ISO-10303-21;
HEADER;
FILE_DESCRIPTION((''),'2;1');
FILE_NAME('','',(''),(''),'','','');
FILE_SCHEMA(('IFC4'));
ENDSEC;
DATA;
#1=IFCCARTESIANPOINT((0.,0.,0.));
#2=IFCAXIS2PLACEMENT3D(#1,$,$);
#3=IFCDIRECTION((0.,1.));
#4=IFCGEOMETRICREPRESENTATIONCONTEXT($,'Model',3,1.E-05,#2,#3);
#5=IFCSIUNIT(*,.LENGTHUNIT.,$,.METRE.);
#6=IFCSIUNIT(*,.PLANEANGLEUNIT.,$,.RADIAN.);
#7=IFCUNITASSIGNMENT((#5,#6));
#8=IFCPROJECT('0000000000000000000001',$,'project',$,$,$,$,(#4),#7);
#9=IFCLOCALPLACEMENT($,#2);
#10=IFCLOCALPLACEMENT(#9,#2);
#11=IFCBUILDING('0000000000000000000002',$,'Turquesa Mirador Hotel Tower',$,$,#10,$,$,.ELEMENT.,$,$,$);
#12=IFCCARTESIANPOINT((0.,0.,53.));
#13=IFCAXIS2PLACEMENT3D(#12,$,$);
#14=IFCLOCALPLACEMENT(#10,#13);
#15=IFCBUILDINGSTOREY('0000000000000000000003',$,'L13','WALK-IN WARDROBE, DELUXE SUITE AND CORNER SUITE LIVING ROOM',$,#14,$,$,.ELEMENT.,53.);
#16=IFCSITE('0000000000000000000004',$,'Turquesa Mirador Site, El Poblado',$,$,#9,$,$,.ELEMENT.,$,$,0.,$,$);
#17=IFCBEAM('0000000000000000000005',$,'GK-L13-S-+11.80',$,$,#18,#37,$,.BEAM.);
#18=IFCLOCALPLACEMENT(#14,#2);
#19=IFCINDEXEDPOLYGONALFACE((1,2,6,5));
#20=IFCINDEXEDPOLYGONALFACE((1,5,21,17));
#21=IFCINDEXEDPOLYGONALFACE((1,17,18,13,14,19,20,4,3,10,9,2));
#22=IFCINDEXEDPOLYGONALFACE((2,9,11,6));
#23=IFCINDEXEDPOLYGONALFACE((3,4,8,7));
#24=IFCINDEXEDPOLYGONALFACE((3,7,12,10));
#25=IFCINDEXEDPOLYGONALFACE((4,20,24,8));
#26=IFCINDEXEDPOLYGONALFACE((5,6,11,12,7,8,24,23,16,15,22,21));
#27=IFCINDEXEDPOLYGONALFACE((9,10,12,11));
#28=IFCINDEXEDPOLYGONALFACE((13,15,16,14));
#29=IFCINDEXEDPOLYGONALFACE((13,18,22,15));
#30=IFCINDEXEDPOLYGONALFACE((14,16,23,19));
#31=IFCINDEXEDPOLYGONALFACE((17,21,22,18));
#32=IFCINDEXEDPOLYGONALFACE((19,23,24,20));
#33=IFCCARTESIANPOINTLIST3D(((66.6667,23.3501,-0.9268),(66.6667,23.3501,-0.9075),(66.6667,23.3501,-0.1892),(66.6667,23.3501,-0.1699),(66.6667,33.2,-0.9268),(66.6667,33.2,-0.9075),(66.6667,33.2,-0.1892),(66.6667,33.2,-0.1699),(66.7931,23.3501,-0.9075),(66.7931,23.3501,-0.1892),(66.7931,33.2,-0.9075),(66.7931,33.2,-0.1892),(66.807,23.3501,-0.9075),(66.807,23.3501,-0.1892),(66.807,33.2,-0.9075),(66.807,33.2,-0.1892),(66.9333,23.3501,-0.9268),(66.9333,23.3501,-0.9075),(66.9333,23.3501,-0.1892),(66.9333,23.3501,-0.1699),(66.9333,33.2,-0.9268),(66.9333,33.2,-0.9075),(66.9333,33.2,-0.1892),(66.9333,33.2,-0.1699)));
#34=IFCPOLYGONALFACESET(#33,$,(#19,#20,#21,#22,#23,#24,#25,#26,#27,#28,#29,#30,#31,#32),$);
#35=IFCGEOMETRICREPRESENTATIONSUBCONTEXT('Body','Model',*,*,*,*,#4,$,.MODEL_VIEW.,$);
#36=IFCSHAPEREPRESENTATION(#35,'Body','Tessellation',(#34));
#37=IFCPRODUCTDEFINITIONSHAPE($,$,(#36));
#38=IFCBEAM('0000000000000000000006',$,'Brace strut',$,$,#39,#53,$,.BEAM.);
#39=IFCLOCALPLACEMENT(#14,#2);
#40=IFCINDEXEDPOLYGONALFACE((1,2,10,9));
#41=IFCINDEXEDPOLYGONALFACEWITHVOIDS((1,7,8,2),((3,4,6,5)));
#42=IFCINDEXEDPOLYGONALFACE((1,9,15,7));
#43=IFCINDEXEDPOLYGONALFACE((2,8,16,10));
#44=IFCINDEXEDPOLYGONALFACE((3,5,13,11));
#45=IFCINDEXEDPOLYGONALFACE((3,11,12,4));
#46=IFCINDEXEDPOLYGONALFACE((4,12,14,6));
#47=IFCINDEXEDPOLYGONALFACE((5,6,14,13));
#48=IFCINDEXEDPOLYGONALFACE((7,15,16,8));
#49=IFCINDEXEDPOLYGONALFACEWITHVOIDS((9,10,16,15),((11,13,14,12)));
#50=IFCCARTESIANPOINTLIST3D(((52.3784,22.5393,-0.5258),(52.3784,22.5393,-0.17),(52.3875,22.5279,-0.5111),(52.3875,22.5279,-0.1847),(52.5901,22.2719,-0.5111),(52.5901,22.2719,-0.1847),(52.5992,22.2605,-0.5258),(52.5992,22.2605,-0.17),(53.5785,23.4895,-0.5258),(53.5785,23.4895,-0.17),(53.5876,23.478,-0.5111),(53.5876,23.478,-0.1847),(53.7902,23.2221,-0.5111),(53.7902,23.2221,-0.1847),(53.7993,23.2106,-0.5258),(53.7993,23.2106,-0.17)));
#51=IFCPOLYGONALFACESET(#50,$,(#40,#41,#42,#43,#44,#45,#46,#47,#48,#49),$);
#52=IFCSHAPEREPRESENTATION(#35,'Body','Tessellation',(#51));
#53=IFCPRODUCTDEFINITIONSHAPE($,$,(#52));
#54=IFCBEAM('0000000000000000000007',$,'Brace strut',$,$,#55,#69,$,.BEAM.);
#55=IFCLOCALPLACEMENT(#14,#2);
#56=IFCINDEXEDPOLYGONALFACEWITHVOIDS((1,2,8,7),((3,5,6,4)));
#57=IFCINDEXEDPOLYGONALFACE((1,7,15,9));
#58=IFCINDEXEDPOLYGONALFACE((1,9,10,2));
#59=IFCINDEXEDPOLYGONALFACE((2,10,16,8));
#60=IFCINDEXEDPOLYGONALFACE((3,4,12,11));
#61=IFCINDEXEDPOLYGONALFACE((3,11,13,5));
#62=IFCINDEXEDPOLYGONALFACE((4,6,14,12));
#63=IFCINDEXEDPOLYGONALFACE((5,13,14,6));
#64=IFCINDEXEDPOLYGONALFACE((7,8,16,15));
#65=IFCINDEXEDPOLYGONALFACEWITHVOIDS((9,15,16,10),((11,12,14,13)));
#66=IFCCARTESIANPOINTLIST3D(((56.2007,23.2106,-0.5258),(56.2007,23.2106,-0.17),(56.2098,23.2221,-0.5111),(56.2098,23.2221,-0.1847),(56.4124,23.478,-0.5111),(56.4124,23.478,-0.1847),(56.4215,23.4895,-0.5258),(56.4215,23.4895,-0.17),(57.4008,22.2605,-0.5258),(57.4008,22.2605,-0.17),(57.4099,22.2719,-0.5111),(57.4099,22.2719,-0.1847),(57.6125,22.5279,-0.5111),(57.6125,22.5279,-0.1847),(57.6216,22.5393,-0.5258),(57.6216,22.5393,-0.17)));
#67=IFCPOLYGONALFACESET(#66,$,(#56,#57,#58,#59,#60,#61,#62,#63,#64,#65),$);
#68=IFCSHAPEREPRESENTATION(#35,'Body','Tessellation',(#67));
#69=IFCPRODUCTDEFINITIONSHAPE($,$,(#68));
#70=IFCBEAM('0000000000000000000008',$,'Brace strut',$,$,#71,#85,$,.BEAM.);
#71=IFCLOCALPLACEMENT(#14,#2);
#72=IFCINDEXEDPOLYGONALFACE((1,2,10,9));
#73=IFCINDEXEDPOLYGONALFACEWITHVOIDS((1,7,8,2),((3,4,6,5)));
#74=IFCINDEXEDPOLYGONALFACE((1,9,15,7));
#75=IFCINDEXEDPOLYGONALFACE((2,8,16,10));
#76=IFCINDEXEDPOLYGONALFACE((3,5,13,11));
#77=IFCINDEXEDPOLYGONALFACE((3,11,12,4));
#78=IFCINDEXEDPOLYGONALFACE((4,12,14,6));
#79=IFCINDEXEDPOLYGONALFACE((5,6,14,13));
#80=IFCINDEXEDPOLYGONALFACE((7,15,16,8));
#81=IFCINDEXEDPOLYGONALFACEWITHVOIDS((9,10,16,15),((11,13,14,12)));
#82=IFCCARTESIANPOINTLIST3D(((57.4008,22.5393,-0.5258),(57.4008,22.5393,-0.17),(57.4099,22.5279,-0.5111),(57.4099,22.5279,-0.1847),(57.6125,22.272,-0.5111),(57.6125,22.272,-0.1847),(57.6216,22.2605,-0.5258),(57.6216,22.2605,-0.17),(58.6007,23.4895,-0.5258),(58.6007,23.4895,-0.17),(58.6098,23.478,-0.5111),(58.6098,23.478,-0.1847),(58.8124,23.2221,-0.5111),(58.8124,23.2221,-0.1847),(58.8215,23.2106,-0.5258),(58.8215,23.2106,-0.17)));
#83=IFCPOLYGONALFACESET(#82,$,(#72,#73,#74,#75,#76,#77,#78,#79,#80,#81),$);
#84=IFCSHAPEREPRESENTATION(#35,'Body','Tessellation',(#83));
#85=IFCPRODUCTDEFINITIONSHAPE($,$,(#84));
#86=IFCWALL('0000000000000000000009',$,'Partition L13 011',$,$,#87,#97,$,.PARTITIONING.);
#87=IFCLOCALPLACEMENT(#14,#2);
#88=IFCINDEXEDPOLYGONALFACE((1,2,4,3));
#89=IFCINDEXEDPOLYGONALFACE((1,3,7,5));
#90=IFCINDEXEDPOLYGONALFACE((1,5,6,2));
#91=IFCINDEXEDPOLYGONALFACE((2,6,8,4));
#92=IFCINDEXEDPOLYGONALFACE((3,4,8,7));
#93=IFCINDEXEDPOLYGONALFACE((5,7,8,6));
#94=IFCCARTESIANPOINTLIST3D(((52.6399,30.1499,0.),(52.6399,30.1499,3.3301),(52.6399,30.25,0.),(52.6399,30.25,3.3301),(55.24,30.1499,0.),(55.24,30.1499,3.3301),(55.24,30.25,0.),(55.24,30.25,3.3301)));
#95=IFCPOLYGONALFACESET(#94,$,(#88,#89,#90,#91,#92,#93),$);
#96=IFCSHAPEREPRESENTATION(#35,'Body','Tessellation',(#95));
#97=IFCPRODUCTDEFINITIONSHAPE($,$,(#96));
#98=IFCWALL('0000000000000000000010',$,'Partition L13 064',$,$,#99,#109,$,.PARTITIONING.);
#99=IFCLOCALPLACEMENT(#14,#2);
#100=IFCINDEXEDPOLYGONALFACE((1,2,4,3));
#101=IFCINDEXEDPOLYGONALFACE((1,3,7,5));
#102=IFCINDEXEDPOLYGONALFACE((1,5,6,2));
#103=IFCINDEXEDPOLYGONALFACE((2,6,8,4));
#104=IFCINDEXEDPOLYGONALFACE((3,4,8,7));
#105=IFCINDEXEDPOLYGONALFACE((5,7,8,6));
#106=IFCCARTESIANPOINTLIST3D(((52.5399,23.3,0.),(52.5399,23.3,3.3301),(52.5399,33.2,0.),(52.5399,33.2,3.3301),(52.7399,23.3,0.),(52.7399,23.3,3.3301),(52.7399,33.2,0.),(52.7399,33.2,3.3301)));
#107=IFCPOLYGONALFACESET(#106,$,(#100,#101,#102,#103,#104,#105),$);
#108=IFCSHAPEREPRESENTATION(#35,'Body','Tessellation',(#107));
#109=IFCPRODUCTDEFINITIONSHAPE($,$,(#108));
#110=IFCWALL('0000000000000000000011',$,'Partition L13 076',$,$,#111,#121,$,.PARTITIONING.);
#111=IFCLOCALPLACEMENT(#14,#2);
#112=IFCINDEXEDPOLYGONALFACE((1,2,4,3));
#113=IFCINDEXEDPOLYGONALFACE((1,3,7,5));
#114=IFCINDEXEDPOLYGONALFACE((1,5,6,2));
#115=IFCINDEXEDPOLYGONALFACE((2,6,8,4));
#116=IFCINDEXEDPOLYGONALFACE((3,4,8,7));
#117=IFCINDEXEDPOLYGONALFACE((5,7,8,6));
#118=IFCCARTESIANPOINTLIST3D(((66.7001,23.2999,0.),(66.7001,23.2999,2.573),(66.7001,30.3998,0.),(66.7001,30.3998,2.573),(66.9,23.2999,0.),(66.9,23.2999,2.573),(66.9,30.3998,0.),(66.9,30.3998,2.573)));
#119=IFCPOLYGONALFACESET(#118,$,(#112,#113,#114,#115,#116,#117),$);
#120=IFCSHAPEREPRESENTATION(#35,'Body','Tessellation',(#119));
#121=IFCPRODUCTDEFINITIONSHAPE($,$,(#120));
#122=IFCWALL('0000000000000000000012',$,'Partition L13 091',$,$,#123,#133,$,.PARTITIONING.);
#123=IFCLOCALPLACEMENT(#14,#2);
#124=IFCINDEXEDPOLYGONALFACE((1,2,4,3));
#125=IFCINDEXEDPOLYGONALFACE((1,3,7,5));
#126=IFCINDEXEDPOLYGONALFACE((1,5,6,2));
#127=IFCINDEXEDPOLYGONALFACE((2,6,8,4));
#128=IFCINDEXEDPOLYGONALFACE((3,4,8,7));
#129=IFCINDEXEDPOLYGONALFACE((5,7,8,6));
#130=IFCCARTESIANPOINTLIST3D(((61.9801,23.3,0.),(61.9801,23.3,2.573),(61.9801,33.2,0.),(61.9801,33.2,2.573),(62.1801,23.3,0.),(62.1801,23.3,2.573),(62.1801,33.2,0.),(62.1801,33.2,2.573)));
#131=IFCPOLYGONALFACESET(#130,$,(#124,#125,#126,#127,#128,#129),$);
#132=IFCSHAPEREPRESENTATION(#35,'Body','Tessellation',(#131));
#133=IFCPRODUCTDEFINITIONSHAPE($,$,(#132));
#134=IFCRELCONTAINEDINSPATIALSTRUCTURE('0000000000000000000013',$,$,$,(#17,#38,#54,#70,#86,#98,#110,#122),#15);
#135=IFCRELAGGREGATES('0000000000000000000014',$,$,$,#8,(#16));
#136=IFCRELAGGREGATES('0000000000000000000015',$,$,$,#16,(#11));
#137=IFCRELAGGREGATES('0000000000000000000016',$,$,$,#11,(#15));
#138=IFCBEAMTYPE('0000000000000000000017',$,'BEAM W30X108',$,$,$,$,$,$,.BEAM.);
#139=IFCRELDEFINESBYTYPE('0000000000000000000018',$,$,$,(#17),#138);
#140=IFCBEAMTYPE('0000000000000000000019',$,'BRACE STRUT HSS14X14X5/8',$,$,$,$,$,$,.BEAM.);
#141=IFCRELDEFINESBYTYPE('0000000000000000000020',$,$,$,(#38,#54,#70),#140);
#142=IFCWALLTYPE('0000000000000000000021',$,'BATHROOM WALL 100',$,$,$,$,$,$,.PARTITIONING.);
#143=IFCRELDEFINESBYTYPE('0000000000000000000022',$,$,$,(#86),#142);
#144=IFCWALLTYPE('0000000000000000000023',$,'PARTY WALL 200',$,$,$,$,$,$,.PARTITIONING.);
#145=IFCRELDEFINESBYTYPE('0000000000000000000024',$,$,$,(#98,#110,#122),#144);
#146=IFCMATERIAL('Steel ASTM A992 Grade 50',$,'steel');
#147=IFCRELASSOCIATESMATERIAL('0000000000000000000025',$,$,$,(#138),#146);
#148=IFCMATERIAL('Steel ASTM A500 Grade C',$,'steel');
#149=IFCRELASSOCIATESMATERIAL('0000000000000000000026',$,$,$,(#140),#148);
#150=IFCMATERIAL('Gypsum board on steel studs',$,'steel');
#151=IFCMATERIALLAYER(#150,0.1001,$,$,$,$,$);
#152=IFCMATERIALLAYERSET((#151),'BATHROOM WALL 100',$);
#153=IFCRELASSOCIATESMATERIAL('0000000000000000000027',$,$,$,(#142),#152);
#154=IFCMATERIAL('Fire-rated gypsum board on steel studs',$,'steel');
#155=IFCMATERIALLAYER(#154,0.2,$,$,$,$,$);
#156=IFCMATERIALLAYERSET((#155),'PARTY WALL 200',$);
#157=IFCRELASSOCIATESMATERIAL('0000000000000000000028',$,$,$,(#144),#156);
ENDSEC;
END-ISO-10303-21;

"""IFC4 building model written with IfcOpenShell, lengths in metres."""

from ifc_helpers import new_model, si_unit, direction, frame, frame_2d, origin, origin_2d, place, context, subcontext, project, spatial, rectangle, hollow_rectangle, i_section, extrude, material, layer, layer_set, material_profile, profile_set, type_object, element, save


model = new_model("IFC4")

# Units and contexts
model_context = context("Model", 3, precision=1e-05, world=origin(), true_north=direction((0.0, 1.0)))
body_context = subcontext(model_context, "Body", "Model", "MODEL_VIEW")
ifc_project = project(units=[si_unit("LENGTHUNIT", "METRE"), si_unit("PLANEANGLEUNIT", "RADIAN")], contexts=[model_context])

# Site, building, storey
site_placement = place(None, origin())
site = spatial("IfcSite", under=ifc_project, at=site_placement, Name="Turquesa Mirador Site, El Poblado", CompositionType="ELEMENT", RefElevation=0.0)
building_placement = place(site_placement, origin())
building = spatial("IfcBuilding", under=site, at=building_placement, Name="Turquesa Mirador Hotel Tower", CompositionType="ELEMENT")
storey_placement = place(building_placement, frame((0.0, 0.0, 53.0)))
storey = spatial("IfcBuildingStorey", under=building, at=storey_placement, Name="L13", Description="WALK-IN WARDROBE, DELUXE SUITE AND CORNER SUITE LIVING ROOM", CompositionType="ELEMENT", Elevation=53.0)

# Beams
ifc_material_1 = material(Name="Steel ASTM A992 Grade 50", Category="steel")
ifc_material_profile_1 = material_profile(ifc_material_1, i_section(OverallWidth=0.2666, OverallDepth=0.7568, WebThickness=0.0139, FlangeThickness=0.0193, at=origin_2d()), Name="W30X108")
ifc_profile_set_1 = profile_set([ifc_material_profile_1], Name="Steel ASTM A992 Grade 50")
beam_type_1 = type_object("IfcBeamType", Name="BEAM W30X108", PredefinedType="BEAM", material=ifc_profile_set_1)
beam_1_placement = place(storey_placement, frame((66.8, 23.3501, -0.5483), z_axis=(0.0, 1.0, 0.0), x_axis=(-1.0, 0.0, 0.0)))
element("IfcBeam", 1, at=beam_1_placement, inside=storey, type_object=beam_type_1, Name="GK-L13-S-+11.80", PredefinedType="BEAM", context=body_context, shape_type="SweptSolid", body=[
    extrude(i_section(OverallWidth=0.2666, OverallDepth=0.7568, WebThickness=0.0139, FlangeThickness=0.0193, at=origin_2d()), origin(), (0.0, 0.0, 1.0), 9.8499),
])
ifc_material_2 = material(Name="Steel ASTM A500 Grade C", Category="steel")
ifc_material_profile_2 = material_profile(ifc_material_2, hollow_rectangle(XDim=0.3557, YDim=0.3557, WallThickness=0.0146, at=origin_2d()), Name="HSS14X14X5/8")
ifc_profile_set_2 = profile_set([ifc_material_profile_2], Name="Steel ASTM A500 Grade C")
beam_type_2 = type_object("IfcBeamType", Name="BRACE STRUT HSS14X14X5/8", PredefinedType="BEAM", material=ifc_profile_set_2)
for number, where, z_axis, x_axis, name in (
    (2, (52.4888, 22.3999, -0.3479), (0.784033, 0.620719, 0.0), (-0.620719, 0.784033, 0.0), "Brace strut"),
    (3, (57.5112, 22.3999, -0.3479), (-0.784033, 0.620719, 0.0), (-0.620719, -0.784033, 0.0), "Brace strut"),
):
    element("IfcBeam", number, at=place(storey_placement, frame(where, z_axis=z_axis, x_axis=x_axis)), inside=storey, type_object=beam_type_2, Name=name, PredefinedType="BEAM", context=body_context, shape_type="SweptSolid", body=[
        extrude(hollow_rectangle(XDim=0.3557, YDim=0.3557, WallThickness=0.0146, at=origin_2d()), origin(), (0.0, 0.0, 1.0), 1.5308),
    ])
beam_2_placement = place(storey_placement, frame((57.5112, 22.3999, -0.3479), z_axis=(0.783971, 0.620797, 0.0), x_axis=(-0.620797, 0.783971, 0.0)))
element("IfcBeam", 4, at=beam_2_placement, inside=storey, type_object=beam_type_2, Name="Brace strut", PredefinedType="BEAM", context=body_context, shape_type="SweptSolid", body=[
    extrude(hollow_rectangle(XDim=0.3557, YDim=0.3557, WallThickness=0.0146, at=origin_2d()), origin(), (0.0, 0.0, 1.0), 1.5305),
])

# Walls
ifc_material_3 = material(Name="Gypsum board on steel studs", Category="steel")
ifc_layer_1 = layer(ifc_material_3, 0.1001)
ifc_layer_set_1 = layer_set([ifc_layer_1], Name="BATHROOM WALL 100")
wall_type_1 = type_object("IfcWallType", Name="BATHROOM WALL 100", PredefinedType="PARTITIONING", material=ifc_layer_set_1)
wall_1_placement = place(storey_placement, frame((52.6399, 30.2, 0.0), z_axis=(0.0, 0.0, 1.0), x_axis=(1.0, 0.0, 0.0)))
element("IfcWall", 5, at=wall_1_placement, inside=storey, type_object=wall_type_1, Name="Partition L13 011", PredefinedType="PARTITIONING", context=body_context, shape_type="SweptSolid", body=[
    extrude(rectangle(XDim=2.6001, YDim=0.1001, at=frame_2d((1.3, 0.0))), origin(), (0.0, 0.0, 1.0), 3.3301),
])
ifc_material_4 = material(Name="Fire-rated gypsum board on steel studs", Category="steel")
ifc_layer_2 = layer(ifc_material_4, 0.2)
ifc_layer_set_2 = layer_set([ifc_layer_2], Name="PARTY WALL 200")
wall_type_2 = type_object("IfcWallType", Name="PARTY WALL 200", PredefinedType="PARTITIONING", material=ifc_layer_set_2)
wall_2_placement = place(storey_placement, frame((52.6399, 23.3, 0.0), z_axis=(0.0, 0.0, 1.0), x_axis=(0.0, 1.0, 0.0)))
element("IfcWall", 6, at=wall_2_placement, inside=storey, type_object=wall_type_2, Name="Partition L13 064", PredefinedType="PARTITIONING", context=body_context, shape_type="SweptSolid", body=[
    extrude(rectangle(XDim=9.8999, YDim=0.2, at=frame_2d((4.95, 0.0))), origin(), (0.0, 0.0, 1.0), 3.3301),
])
wall_3_placement = place(storey_placement, frame((66.8, 23.3, 0.0), z_axis=(0.0, 0.0, 1.0), x_axis=(0.0, 1.0, 0.0)))
element("IfcWall", 7, at=wall_3_placement, inside=storey, type_object=wall_type_2, Name="Partition L13 076", PredefinedType="PARTITIONING", context=body_context, shape_type="SweptSolid", body=[
    extrude(rectangle(XDim=7.0999, YDim=0.2, at=frame_2d((3.5498, 0.0))), origin(), (0.0, 0.0, 1.0), 2.573),
])
wall_4_placement = place(storey_placement, frame((62.0801, 23.3, 0.0), z_axis=(0.0, 0.0, 1.0), x_axis=(0.0, 1.0, 0.0)))
element("IfcWall", 8, at=wall_4_placement, inside=storey, type_object=wall_type_2, Name="Partition L13 091", PredefinedType="PARTITIONING", context=body_context, shape_type="SweptSolid", body=[
    extrude(rectangle(XDim=9.8999, YDim=0.2, at=frame_2d((4.95, 0.0))), origin(), (0.0, 0.0, 1.0), 2.573),
])

save(model, "model.ifc")
